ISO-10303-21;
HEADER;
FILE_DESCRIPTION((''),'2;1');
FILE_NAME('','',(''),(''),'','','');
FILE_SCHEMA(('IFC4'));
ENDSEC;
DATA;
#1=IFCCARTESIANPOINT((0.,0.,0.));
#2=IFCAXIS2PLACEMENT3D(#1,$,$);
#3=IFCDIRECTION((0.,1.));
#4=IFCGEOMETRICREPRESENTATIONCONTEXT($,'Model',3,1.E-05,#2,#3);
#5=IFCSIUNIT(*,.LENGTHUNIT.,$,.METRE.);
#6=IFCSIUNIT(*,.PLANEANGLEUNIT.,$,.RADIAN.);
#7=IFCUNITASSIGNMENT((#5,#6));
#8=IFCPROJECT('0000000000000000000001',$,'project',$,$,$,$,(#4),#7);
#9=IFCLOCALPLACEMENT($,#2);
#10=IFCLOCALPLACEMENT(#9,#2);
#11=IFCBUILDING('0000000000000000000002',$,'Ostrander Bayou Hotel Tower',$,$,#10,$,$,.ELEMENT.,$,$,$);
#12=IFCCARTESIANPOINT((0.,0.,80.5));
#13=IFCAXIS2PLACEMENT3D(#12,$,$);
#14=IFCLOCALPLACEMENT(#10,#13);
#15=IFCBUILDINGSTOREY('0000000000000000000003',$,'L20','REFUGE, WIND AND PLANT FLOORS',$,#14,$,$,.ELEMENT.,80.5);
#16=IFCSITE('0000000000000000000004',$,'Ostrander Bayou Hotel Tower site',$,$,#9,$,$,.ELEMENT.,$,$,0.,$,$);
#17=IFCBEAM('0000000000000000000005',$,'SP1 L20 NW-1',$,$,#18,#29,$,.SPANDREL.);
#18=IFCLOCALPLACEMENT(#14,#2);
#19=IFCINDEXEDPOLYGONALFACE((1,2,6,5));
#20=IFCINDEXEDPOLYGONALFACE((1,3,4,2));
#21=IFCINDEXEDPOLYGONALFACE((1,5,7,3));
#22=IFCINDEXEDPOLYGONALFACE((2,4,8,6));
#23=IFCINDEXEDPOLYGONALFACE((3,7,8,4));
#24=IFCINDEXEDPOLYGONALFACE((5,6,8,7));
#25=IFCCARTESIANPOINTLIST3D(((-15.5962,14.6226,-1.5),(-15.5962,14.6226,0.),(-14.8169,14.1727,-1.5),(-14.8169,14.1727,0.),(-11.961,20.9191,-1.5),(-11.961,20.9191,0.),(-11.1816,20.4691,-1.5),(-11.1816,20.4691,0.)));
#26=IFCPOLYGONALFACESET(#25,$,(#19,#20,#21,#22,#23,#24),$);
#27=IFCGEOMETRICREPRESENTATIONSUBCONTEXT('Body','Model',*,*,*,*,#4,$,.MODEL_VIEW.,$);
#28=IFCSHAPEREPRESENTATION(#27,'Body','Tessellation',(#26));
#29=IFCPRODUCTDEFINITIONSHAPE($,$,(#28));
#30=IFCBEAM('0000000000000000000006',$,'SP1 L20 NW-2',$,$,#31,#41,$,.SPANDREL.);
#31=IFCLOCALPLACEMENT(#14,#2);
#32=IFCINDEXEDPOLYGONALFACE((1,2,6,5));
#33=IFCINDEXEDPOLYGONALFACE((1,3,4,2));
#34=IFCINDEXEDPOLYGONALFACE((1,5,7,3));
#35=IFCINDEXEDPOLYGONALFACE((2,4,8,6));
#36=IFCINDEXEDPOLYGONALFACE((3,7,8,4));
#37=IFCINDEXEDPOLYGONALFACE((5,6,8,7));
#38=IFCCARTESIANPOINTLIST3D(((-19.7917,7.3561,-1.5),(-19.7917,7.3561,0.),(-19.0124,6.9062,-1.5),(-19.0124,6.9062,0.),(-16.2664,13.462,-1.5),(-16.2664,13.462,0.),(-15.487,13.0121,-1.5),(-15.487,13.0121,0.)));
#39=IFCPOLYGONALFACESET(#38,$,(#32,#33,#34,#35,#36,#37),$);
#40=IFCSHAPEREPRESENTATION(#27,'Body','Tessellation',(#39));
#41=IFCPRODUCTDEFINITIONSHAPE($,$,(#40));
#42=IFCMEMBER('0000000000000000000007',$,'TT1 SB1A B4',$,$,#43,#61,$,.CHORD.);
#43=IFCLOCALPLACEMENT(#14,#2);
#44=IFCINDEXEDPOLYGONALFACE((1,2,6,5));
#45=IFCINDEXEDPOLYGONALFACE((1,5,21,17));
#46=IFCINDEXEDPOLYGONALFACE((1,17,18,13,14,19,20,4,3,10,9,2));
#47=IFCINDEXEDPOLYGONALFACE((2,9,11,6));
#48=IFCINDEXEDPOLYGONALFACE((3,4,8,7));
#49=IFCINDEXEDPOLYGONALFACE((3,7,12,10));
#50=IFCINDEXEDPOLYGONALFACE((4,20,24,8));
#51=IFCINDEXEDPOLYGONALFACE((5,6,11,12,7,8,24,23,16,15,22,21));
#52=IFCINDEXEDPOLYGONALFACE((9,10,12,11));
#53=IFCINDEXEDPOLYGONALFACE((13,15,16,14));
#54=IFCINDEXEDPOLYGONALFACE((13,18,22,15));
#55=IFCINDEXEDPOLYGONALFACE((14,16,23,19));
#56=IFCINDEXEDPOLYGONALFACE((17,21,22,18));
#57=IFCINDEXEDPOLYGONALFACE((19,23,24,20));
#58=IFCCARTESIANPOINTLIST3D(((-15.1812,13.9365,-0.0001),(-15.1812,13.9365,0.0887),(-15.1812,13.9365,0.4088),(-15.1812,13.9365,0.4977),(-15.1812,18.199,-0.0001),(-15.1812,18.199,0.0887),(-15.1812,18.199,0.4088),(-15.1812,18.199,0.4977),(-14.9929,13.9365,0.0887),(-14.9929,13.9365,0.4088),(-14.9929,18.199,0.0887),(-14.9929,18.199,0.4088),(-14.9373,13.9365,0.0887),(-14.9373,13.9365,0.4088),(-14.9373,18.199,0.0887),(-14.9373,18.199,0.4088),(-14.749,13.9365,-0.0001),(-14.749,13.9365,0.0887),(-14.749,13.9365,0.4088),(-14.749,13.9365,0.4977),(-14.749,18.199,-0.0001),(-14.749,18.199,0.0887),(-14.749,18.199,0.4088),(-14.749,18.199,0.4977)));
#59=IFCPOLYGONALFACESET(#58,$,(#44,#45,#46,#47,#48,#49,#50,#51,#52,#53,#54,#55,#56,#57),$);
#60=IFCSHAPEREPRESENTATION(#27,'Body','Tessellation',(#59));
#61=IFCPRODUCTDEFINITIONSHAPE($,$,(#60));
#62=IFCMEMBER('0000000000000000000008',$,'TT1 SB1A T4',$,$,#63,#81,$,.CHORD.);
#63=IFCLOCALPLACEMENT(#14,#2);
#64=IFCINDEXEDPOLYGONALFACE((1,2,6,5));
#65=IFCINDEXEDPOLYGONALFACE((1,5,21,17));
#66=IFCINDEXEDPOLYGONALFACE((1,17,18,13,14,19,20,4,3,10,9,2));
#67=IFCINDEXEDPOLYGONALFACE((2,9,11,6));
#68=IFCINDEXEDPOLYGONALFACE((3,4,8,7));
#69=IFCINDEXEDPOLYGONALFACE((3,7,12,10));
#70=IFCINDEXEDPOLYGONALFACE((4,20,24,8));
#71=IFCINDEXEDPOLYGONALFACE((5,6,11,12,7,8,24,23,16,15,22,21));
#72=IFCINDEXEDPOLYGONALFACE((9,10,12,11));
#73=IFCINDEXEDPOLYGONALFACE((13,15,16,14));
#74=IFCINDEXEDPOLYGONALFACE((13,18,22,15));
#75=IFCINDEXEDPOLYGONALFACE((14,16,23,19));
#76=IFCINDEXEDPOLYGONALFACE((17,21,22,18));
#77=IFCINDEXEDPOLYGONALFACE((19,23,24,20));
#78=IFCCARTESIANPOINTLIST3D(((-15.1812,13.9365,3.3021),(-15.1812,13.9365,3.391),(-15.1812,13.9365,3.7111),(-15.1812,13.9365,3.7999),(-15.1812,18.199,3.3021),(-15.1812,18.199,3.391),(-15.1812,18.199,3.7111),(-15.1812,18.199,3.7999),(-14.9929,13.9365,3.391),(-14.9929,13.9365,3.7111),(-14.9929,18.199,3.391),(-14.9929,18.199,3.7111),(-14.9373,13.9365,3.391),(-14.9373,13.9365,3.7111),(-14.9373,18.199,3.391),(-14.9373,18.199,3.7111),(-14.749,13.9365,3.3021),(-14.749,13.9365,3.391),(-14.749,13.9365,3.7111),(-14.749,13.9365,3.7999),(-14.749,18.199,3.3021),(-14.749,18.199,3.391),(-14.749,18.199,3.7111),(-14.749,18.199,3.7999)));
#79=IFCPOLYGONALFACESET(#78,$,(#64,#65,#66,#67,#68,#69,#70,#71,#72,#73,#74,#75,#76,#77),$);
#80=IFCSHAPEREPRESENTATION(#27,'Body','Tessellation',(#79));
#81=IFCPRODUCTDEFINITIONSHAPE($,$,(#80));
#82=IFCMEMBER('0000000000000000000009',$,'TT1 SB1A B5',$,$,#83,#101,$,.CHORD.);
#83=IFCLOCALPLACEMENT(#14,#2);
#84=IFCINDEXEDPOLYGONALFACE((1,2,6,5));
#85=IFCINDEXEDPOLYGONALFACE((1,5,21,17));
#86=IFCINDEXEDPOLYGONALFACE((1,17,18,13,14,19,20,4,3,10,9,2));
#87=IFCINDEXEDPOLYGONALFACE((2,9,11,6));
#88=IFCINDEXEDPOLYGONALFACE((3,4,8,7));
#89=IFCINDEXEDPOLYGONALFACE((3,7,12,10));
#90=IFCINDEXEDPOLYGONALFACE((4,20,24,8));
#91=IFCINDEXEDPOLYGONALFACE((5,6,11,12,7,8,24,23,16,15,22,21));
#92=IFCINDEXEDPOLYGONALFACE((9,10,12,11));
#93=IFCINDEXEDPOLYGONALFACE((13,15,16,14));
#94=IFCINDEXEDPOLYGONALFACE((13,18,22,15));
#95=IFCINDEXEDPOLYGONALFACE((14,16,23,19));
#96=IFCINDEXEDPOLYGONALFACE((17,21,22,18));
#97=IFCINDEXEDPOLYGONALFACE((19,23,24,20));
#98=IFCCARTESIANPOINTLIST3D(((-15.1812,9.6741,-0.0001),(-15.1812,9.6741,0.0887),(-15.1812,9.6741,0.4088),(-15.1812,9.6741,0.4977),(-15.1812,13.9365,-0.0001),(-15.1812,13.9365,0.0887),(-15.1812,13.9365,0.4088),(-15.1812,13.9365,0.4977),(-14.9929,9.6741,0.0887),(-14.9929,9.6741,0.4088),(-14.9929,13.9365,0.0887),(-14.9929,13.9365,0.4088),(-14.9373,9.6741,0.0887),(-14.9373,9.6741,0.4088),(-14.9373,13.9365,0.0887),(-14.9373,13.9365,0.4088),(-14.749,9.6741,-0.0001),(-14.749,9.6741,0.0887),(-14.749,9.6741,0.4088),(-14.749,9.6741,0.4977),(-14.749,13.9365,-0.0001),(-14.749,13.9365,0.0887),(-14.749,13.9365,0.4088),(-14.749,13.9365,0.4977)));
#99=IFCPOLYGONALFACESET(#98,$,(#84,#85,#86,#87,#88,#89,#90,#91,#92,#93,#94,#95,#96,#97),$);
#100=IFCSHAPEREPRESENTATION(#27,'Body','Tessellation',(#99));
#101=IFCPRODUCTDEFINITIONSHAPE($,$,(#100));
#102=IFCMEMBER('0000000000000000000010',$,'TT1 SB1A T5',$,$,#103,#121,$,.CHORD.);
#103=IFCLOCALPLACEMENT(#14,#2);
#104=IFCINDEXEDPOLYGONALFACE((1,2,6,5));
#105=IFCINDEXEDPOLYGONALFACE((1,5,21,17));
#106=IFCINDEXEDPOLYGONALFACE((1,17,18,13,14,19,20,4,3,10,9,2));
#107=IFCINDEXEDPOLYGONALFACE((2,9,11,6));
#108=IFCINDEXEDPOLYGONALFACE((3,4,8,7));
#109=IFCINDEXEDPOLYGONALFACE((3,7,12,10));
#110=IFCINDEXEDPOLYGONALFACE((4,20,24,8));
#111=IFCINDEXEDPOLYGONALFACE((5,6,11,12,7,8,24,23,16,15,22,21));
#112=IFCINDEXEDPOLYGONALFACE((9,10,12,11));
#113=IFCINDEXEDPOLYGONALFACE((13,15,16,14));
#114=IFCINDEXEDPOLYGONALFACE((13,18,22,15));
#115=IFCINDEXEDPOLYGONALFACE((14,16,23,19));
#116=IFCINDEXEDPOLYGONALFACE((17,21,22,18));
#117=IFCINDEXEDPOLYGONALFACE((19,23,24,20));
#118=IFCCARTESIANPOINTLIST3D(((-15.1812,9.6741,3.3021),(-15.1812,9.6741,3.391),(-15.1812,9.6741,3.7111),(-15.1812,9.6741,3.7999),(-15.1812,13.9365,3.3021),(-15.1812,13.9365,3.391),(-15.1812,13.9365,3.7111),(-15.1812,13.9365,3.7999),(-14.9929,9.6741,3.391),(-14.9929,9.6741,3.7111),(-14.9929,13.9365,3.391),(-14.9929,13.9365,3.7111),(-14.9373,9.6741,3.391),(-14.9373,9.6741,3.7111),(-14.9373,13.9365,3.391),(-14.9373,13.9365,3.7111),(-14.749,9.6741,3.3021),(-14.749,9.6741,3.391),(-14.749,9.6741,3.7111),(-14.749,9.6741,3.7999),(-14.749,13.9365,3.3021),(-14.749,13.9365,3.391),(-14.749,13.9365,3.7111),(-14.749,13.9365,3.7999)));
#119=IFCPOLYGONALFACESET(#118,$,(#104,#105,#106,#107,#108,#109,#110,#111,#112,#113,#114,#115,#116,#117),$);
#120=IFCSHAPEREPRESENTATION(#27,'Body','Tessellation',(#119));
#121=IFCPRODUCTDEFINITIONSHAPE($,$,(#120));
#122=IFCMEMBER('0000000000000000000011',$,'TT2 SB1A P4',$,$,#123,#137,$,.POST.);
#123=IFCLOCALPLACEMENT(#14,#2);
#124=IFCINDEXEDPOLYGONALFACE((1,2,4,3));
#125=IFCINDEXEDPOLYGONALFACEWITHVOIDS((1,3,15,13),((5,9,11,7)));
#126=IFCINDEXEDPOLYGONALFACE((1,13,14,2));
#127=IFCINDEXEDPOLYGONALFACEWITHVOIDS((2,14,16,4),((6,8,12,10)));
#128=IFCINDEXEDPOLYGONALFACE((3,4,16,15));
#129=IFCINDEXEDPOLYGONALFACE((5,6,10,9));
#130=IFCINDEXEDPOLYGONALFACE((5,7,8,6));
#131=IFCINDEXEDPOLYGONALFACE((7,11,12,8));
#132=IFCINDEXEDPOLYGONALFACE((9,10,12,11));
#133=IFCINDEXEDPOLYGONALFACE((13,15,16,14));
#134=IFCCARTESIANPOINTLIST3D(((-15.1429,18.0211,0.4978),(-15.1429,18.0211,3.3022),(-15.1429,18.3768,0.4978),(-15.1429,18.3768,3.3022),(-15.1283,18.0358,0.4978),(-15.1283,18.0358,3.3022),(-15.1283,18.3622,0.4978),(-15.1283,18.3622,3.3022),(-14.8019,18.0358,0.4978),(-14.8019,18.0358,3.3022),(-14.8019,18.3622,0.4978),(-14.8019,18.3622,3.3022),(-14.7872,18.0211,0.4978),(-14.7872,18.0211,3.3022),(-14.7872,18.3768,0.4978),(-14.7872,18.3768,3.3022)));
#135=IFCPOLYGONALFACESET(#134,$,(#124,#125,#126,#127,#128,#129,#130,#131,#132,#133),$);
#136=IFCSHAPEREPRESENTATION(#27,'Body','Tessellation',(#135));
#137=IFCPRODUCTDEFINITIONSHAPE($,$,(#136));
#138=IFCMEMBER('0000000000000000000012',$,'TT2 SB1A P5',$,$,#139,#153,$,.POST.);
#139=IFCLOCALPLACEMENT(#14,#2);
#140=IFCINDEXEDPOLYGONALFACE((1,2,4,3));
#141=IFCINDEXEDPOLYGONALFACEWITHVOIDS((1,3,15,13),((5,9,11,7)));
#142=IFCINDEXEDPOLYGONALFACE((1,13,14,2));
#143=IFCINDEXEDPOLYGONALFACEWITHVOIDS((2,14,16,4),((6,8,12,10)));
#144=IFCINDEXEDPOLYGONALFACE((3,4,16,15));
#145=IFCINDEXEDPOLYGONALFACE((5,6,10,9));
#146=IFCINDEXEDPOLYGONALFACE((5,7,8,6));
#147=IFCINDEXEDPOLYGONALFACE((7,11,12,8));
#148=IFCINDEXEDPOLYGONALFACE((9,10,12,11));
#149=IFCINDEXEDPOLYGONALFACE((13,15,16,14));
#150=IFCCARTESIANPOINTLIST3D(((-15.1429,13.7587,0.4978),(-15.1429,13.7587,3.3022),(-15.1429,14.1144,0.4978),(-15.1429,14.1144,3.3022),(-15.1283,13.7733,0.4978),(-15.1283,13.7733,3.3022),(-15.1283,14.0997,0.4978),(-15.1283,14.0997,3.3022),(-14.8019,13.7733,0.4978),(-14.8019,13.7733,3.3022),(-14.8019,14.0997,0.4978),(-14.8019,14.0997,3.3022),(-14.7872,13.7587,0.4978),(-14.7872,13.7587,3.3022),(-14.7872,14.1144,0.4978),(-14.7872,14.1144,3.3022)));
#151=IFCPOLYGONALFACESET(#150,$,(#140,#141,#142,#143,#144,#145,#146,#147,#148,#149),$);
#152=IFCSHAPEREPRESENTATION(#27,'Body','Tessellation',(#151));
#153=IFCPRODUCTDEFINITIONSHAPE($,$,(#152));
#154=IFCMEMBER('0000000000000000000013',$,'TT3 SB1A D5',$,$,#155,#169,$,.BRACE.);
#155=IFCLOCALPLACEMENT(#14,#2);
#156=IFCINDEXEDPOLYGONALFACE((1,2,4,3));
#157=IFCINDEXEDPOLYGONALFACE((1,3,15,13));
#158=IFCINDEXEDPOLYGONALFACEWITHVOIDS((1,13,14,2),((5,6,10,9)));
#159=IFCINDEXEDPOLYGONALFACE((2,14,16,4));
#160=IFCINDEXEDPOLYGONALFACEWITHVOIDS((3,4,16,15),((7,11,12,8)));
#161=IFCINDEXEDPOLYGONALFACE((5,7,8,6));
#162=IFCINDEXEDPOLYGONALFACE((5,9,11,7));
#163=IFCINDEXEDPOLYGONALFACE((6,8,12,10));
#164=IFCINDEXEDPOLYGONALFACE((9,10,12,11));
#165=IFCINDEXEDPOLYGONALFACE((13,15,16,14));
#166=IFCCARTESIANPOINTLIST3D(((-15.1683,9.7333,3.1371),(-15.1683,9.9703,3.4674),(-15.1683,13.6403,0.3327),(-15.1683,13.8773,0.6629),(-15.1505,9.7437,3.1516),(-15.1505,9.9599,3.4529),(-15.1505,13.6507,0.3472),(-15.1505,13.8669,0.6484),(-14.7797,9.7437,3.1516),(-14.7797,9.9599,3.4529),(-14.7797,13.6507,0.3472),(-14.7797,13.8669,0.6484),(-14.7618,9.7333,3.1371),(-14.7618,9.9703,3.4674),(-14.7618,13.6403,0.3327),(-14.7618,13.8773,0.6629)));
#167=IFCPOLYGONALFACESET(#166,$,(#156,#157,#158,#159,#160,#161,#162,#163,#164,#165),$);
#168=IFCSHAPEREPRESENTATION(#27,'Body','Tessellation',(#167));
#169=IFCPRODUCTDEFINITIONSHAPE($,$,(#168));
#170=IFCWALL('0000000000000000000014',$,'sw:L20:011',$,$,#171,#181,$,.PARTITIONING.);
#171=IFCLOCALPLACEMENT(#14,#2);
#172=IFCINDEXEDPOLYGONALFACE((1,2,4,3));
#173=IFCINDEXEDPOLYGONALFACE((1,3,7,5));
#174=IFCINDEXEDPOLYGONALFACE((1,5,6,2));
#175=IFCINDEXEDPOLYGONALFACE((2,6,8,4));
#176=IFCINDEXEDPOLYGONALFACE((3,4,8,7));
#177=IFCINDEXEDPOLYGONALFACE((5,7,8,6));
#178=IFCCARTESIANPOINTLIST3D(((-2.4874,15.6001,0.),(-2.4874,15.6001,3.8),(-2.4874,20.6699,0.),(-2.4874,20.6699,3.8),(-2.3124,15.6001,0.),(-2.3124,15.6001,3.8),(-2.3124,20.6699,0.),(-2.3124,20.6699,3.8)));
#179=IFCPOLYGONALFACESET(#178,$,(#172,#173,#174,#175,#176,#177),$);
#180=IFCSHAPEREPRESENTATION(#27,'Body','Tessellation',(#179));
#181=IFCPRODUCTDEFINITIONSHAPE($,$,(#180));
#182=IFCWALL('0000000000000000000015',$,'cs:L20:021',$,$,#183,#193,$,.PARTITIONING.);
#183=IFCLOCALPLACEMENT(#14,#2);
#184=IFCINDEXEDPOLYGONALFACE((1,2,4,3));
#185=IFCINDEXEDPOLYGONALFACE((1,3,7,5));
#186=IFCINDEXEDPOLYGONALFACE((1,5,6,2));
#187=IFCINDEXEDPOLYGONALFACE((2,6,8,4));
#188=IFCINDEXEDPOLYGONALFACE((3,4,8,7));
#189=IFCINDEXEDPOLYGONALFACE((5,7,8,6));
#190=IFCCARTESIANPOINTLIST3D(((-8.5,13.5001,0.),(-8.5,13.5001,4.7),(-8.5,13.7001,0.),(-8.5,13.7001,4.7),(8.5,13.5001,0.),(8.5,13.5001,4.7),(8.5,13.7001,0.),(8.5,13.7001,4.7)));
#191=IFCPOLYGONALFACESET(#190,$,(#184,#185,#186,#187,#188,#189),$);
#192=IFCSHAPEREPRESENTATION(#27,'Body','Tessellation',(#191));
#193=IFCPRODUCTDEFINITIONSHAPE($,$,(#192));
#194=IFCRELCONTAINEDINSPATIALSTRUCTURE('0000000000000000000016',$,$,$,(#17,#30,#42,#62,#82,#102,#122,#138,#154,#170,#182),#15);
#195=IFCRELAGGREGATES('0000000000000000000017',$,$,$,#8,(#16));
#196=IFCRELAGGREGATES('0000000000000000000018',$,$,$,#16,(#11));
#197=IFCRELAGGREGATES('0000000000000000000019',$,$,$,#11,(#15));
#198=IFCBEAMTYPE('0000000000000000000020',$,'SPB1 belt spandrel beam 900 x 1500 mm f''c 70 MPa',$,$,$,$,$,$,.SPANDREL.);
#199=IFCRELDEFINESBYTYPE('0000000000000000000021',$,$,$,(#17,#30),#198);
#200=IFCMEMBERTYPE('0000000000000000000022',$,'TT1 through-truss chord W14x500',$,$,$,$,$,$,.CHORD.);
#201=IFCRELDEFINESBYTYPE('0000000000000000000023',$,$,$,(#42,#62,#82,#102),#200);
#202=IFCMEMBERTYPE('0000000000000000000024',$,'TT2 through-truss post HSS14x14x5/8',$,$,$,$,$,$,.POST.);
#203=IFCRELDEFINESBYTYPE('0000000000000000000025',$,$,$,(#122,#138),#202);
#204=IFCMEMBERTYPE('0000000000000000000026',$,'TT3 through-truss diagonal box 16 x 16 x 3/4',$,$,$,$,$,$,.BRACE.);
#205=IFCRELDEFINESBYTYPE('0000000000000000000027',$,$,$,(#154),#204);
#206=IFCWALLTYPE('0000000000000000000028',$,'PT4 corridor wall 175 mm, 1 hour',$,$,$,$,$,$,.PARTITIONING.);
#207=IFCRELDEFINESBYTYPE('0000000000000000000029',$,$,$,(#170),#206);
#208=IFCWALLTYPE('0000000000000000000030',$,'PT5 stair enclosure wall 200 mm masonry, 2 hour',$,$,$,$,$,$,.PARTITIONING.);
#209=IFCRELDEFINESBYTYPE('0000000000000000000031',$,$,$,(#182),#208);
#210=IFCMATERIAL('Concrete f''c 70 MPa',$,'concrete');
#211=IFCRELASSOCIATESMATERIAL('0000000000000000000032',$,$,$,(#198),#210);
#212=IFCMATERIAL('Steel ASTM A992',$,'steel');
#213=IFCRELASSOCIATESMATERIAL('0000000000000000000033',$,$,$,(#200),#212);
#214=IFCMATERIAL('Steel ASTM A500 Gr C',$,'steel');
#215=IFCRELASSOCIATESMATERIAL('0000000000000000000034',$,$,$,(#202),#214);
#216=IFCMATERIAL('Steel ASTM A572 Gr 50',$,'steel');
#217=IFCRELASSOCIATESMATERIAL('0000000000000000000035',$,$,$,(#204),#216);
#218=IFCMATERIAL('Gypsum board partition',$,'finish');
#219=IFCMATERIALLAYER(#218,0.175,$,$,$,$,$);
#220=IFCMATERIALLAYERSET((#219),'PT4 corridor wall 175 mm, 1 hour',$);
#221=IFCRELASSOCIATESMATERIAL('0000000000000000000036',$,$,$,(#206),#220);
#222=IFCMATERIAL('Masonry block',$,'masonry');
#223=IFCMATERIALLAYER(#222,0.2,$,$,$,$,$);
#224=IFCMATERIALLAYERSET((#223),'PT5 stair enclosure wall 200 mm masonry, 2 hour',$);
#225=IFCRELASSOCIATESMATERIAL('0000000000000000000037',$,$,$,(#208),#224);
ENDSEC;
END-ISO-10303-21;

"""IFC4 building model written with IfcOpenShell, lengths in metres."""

from ifc_helpers import new_model, si_unit, direction, frame, frame_2d, origin, origin_2d, place, context, subcontext, project, spatial, rectangle, hollow_rectangle, i_section, extrude, material, layer, layer_set, material_profile, profile_set, type_object, element, save


model = new_model("IFC4")

# Units and contexts
model_context = context("Model", 3, precision=1e-05, world=origin(), true_north=direction((0.0, 1.0)))
body_context = subcontext(model_context, "Body", "Model", "MODEL_VIEW")
ifc_project = project(units=[si_unit("LENGTHUNIT", "METRE"), si_unit("PLANEANGLEUNIT", "RADIAN")], contexts=[model_context])

# Site, building, storey
site_placement = place(None, origin())
site = spatial("IfcSite", under=ifc_project, at=site_placement, Name="Ostrander Bayou Hotel Tower site", CompositionType="ELEMENT", RefElevation=0.0)
building_placement = place(site_placement, origin())
building = spatial("IfcBuilding", under=site, at=building_placement, Name="Ostrander Bayou Hotel Tower", CompositionType="ELEMENT")
storey_placement = place(building_placement, frame((0.0, 0.0, 80.5)))
storey = spatial("IfcBuildingStorey", under=building, at=storey_placement, Name="L20", Description="REFUGE, WIND AND PLANT FLOORS", CompositionType="ELEMENT", Elevation=80.5)

# Beams
ifc_material_1 = material(Name="Concrete f'c 70 MPa", Category="concrete")
ifc_material_profile_1 = material_profile(ifc_material_1, rectangle(XDim=0.8999, YDim=1.5, at=origin_2d()))
ifc_profile_set_1 = profile_set([ifc_material_profile_1], Name="Concrete f'c 70 MPa")
beam_type_1 = type_object("IfcBeamType", Name="SPB1 belt spandrel beam 900 x 1500 mm f'c 70 MPa", PredefinedType="SPANDREL", material=ifc_profile_set_1)
beam_1_placement = place(storey_placement, frame((-11.5713, 20.6941, -0.75), z_axis=(-0.500003, -0.866023, 0.0), x_axis=(0.866023, -0.500003, 0.0)))
element("IfcBeam", 1, at=beam_1_placement, inside=storey, type_object=beam_type_1, Name="SP1 L20 NW-1", PredefinedType="SPANDREL", context=body_context, shape_type="SweptSolid", body=[
    extrude(rectangle(XDim=0.8999, YDim=1.5, at=origin_2d()), origin(), (0.0, 0.0, 1.0), 7.2705),
])
beam_2_placement = place(storey_placement, frame((-15.8767, 13.2371, -0.75), z_axis=(-0.500012, -0.866018, 0.0), x_axis=(0.866018, -0.500012, 0.0)))
element("IfcBeam", 2, at=beam_2_placement, inside=storey, type_object=beam_type_1, Name="SP1 L20 NW-2", PredefinedType="SPANDREL", context=body_context, shape_type="SweptSolid", body=[
    extrude(rectangle(XDim=0.8999, YDim=1.5, at=origin_2d()), origin(), (0.0, 0.0, 1.0), 7.0505),
])

# Members
ifc_material_2 = material(Name="Steel ASTM A992", Category="steel")
ifc_material_profile_2 = material_profile(ifc_material_2, i_section(OverallWidth=0.4321, OverallDepth=0.4978, WebThickness=0.0557, FlangeThickness=0.0889, at=origin_2d()))
ifc_profile_set_2 = profile_set([ifc_material_profile_2], Name="Steel ASTM A992")
member_type_1 = type_object("IfcMemberType", Name="TT1 through-truss chord W14x500", PredefinedType="CHORD", material=ifc_profile_set_2)
for number, where, z_axis, x_axis, name in (
    (3, (-14.9651, 18.199, 0.2488), (0.0, -1.0, 0.0), (1.0, 0.0, 0.0), "TT1 SB1A B4"),
    (4, (-14.9651, 18.199, 3.551), (0.0, -1.0, 0.0), (1.0, 0.0, 0.0), "TT1 SB1A T4"),
    (5, (-14.9651, 13.9365, 0.2488), (0.0, -1.0, 0.0), (1.0, 0.0, 0.0), "TT1 SB1A B5"),
    (6, (-14.9651, 13.9365, 3.551), (0.0, -1.0, 0.0), (1.0, 0.0, 0.0), "TT1 SB1A T5"),
):
    element("IfcMember", number, at=place(storey_placement, frame(where, z_axis=z_axis, x_axis=x_axis)), inside=storey, type_object=member_type_1, Name=name, PredefinedType="CHORD", context=body_context, shape_type="SweptSolid", body=[
        extrude(i_section(OverallWidth=0.4321, OverallDepth=0.4978, WebThickness=0.0557, FlangeThickness=0.0889, at=origin_2d()), origin(), (0.0, 0.0, 1.0), 4.2625),
    ])
ifc_material_3 = material(Name="Steel ASTM A500 Gr C", Category="steel")
ifc_material_profile_3 = material_profile(ifc_material_3, hollow_rectangle(XDim=0.3557, YDim=0.3557, WallThickness=0.0146, at=origin_2d()))
ifc_profile_set_3 = profile_set([ifc_material_profile_3], Name="Steel ASTM A500 Gr C")
member_type_2 = type_object("IfcMemberType", Name="TT2 through-truss post HSS14x14x5/8", PredefinedType="POST", material=ifc_profile_set_3)
for number, where, z_axis, x_axis, name in (
    (7, (-14.9651, 18.199, 0.4978), (0.0, 0.0, 1.0), (1.0, 0.0, 0.0), "TT2 SB1A P4"),
    (8, (-14.9651, 13.9365, 0.4978), (0.0, 0.0, 1.0), (1.0, 0.0, 0.0), "TT2 SB1A P5"),
):
    element("IfcMember", number, at=place(storey_placement, frame(where, z_axis=z_axis, x_axis=x_axis)), inside=storey, type_object=member_type_2, Name=name, PredefinedType="POST", context=body_context, shape_type="SweptSolid", body=[
        extrude(hollow_rectangle(XDim=0.3557, YDim=0.3557, WallThickness=0.0146, at=origin_2d()), origin(), (0.0, 0.0, 1.0), 2.8044),
    ])
ifc_material_4 = material(Name="Steel ASTM A572 Gr 50", Category="steel")
ifc_material_profile_4 = material_profile(ifc_material_4, hollow_rectangle(XDim=0.4065, YDim=0.4065, WallThickness=0.0178, at=origin_2d()))
ifc_profile_set_4 = profile_set([ifc_material_profile_4], Name="Steel ASTM A572 Gr 50")
member_type_3 = type_object("IfcMemberType", Name="TT3 through-truss diagonal box 16 x 16 x 3/4", PredefinedType="BRACE", material=ifc_profile_set_4)
member_1_placement = place(storey_placement, frame((-14.9651, 13.7588, 0.4978), z_axis=(0.0, -0.81238, 0.583129), x_axis=(1.0, 0.0, 0.0)))
element("IfcMember", 9, at=member_1_placement, inside=storey, type_object=member_type_3, Name="TT3 SB1A D5", PredefinedType="BRACE", context=body_context, shape_type="SweptSolid", body=[
    extrude(hollow_rectangle(XDim=0.4065, YDim=0.4065, WallThickness=0.0178, at=origin_2d()), origin(), (0.0, 0.0, 1.0), 4.8093),
])

# Shared definitions
ifc_material_5 = material(Name="Gypsum board partition", Category="finish")
ifc_layer_1 = layer(ifc_material_5, 0.175)
ifc_layer_set_1 = layer_set([ifc_layer_1], Name="PT4 corridor wall 175 mm, 1 hour")
wall_type_1 = type_object("IfcWallType", Name="PT4 corridor wall 175 mm, 1 hour", PredefinedType="PARTITIONING", material=ifc_layer_set_1)

# Walls
wall_1_placement = place(storey_placement, frame((-2.3999, 15.6001, 0.0), z_axis=(0.0, 0.0, 1.0), x_axis=(0.0, 1.0, 0.0)))
element("IfcWall", 10, at=wall_1_placement, inside=storey, type_object=wall_type_1, Name="sw:L20:011", PredefinedType="PARTITIONING", context=body_context, shape_type="SweptSolid", body=[
    extrude(rectangle(XDim=5.0698, YDim=0.175, at=frame_2d((2.5349, 0.0))), origin(), (0.0, 0.0, 1.0), 3.8),
])
ifc_material_6 = material(Name="Masonry block", Category="masonry")
ifc_layer_2 = layer(ifc_material_6, 0.2)
ifc_layer_set_2 = layer_set([ifc_layer_2], Name="PT5 stair enclosure wall 200 mm masonry, 2 hour")
wall_type_2 = type_object("IfcWallType", Name="PT5 stair enclosure wall 200 mm masonry, 2 hour", PredefinedType="PARTITIONING", material=ifc_layer_set_2)
wall_2_placement = place(storey_placement, frame((-8.5, 13.6001, 0.0), z_axis=(0.0, 0.0, 1.0), x_axis=(1.0, 0.0, 0.0)))
element("IfcWall", 11, at=wall_2_placement, inside=storey, type_object=wall_type_2, Name="cs:L20:021", PredefinedType="PARTITIONING", context=body_context, shape_type="SweptSolid", body=[
    extrude(rectangle(XDim=17.0, YDim=0.2, at=frame_2d((8.5, 0.0))), origin(), (0.0, 0.0, 1.0), 4.7),
])

save(model, "model.ifc")
